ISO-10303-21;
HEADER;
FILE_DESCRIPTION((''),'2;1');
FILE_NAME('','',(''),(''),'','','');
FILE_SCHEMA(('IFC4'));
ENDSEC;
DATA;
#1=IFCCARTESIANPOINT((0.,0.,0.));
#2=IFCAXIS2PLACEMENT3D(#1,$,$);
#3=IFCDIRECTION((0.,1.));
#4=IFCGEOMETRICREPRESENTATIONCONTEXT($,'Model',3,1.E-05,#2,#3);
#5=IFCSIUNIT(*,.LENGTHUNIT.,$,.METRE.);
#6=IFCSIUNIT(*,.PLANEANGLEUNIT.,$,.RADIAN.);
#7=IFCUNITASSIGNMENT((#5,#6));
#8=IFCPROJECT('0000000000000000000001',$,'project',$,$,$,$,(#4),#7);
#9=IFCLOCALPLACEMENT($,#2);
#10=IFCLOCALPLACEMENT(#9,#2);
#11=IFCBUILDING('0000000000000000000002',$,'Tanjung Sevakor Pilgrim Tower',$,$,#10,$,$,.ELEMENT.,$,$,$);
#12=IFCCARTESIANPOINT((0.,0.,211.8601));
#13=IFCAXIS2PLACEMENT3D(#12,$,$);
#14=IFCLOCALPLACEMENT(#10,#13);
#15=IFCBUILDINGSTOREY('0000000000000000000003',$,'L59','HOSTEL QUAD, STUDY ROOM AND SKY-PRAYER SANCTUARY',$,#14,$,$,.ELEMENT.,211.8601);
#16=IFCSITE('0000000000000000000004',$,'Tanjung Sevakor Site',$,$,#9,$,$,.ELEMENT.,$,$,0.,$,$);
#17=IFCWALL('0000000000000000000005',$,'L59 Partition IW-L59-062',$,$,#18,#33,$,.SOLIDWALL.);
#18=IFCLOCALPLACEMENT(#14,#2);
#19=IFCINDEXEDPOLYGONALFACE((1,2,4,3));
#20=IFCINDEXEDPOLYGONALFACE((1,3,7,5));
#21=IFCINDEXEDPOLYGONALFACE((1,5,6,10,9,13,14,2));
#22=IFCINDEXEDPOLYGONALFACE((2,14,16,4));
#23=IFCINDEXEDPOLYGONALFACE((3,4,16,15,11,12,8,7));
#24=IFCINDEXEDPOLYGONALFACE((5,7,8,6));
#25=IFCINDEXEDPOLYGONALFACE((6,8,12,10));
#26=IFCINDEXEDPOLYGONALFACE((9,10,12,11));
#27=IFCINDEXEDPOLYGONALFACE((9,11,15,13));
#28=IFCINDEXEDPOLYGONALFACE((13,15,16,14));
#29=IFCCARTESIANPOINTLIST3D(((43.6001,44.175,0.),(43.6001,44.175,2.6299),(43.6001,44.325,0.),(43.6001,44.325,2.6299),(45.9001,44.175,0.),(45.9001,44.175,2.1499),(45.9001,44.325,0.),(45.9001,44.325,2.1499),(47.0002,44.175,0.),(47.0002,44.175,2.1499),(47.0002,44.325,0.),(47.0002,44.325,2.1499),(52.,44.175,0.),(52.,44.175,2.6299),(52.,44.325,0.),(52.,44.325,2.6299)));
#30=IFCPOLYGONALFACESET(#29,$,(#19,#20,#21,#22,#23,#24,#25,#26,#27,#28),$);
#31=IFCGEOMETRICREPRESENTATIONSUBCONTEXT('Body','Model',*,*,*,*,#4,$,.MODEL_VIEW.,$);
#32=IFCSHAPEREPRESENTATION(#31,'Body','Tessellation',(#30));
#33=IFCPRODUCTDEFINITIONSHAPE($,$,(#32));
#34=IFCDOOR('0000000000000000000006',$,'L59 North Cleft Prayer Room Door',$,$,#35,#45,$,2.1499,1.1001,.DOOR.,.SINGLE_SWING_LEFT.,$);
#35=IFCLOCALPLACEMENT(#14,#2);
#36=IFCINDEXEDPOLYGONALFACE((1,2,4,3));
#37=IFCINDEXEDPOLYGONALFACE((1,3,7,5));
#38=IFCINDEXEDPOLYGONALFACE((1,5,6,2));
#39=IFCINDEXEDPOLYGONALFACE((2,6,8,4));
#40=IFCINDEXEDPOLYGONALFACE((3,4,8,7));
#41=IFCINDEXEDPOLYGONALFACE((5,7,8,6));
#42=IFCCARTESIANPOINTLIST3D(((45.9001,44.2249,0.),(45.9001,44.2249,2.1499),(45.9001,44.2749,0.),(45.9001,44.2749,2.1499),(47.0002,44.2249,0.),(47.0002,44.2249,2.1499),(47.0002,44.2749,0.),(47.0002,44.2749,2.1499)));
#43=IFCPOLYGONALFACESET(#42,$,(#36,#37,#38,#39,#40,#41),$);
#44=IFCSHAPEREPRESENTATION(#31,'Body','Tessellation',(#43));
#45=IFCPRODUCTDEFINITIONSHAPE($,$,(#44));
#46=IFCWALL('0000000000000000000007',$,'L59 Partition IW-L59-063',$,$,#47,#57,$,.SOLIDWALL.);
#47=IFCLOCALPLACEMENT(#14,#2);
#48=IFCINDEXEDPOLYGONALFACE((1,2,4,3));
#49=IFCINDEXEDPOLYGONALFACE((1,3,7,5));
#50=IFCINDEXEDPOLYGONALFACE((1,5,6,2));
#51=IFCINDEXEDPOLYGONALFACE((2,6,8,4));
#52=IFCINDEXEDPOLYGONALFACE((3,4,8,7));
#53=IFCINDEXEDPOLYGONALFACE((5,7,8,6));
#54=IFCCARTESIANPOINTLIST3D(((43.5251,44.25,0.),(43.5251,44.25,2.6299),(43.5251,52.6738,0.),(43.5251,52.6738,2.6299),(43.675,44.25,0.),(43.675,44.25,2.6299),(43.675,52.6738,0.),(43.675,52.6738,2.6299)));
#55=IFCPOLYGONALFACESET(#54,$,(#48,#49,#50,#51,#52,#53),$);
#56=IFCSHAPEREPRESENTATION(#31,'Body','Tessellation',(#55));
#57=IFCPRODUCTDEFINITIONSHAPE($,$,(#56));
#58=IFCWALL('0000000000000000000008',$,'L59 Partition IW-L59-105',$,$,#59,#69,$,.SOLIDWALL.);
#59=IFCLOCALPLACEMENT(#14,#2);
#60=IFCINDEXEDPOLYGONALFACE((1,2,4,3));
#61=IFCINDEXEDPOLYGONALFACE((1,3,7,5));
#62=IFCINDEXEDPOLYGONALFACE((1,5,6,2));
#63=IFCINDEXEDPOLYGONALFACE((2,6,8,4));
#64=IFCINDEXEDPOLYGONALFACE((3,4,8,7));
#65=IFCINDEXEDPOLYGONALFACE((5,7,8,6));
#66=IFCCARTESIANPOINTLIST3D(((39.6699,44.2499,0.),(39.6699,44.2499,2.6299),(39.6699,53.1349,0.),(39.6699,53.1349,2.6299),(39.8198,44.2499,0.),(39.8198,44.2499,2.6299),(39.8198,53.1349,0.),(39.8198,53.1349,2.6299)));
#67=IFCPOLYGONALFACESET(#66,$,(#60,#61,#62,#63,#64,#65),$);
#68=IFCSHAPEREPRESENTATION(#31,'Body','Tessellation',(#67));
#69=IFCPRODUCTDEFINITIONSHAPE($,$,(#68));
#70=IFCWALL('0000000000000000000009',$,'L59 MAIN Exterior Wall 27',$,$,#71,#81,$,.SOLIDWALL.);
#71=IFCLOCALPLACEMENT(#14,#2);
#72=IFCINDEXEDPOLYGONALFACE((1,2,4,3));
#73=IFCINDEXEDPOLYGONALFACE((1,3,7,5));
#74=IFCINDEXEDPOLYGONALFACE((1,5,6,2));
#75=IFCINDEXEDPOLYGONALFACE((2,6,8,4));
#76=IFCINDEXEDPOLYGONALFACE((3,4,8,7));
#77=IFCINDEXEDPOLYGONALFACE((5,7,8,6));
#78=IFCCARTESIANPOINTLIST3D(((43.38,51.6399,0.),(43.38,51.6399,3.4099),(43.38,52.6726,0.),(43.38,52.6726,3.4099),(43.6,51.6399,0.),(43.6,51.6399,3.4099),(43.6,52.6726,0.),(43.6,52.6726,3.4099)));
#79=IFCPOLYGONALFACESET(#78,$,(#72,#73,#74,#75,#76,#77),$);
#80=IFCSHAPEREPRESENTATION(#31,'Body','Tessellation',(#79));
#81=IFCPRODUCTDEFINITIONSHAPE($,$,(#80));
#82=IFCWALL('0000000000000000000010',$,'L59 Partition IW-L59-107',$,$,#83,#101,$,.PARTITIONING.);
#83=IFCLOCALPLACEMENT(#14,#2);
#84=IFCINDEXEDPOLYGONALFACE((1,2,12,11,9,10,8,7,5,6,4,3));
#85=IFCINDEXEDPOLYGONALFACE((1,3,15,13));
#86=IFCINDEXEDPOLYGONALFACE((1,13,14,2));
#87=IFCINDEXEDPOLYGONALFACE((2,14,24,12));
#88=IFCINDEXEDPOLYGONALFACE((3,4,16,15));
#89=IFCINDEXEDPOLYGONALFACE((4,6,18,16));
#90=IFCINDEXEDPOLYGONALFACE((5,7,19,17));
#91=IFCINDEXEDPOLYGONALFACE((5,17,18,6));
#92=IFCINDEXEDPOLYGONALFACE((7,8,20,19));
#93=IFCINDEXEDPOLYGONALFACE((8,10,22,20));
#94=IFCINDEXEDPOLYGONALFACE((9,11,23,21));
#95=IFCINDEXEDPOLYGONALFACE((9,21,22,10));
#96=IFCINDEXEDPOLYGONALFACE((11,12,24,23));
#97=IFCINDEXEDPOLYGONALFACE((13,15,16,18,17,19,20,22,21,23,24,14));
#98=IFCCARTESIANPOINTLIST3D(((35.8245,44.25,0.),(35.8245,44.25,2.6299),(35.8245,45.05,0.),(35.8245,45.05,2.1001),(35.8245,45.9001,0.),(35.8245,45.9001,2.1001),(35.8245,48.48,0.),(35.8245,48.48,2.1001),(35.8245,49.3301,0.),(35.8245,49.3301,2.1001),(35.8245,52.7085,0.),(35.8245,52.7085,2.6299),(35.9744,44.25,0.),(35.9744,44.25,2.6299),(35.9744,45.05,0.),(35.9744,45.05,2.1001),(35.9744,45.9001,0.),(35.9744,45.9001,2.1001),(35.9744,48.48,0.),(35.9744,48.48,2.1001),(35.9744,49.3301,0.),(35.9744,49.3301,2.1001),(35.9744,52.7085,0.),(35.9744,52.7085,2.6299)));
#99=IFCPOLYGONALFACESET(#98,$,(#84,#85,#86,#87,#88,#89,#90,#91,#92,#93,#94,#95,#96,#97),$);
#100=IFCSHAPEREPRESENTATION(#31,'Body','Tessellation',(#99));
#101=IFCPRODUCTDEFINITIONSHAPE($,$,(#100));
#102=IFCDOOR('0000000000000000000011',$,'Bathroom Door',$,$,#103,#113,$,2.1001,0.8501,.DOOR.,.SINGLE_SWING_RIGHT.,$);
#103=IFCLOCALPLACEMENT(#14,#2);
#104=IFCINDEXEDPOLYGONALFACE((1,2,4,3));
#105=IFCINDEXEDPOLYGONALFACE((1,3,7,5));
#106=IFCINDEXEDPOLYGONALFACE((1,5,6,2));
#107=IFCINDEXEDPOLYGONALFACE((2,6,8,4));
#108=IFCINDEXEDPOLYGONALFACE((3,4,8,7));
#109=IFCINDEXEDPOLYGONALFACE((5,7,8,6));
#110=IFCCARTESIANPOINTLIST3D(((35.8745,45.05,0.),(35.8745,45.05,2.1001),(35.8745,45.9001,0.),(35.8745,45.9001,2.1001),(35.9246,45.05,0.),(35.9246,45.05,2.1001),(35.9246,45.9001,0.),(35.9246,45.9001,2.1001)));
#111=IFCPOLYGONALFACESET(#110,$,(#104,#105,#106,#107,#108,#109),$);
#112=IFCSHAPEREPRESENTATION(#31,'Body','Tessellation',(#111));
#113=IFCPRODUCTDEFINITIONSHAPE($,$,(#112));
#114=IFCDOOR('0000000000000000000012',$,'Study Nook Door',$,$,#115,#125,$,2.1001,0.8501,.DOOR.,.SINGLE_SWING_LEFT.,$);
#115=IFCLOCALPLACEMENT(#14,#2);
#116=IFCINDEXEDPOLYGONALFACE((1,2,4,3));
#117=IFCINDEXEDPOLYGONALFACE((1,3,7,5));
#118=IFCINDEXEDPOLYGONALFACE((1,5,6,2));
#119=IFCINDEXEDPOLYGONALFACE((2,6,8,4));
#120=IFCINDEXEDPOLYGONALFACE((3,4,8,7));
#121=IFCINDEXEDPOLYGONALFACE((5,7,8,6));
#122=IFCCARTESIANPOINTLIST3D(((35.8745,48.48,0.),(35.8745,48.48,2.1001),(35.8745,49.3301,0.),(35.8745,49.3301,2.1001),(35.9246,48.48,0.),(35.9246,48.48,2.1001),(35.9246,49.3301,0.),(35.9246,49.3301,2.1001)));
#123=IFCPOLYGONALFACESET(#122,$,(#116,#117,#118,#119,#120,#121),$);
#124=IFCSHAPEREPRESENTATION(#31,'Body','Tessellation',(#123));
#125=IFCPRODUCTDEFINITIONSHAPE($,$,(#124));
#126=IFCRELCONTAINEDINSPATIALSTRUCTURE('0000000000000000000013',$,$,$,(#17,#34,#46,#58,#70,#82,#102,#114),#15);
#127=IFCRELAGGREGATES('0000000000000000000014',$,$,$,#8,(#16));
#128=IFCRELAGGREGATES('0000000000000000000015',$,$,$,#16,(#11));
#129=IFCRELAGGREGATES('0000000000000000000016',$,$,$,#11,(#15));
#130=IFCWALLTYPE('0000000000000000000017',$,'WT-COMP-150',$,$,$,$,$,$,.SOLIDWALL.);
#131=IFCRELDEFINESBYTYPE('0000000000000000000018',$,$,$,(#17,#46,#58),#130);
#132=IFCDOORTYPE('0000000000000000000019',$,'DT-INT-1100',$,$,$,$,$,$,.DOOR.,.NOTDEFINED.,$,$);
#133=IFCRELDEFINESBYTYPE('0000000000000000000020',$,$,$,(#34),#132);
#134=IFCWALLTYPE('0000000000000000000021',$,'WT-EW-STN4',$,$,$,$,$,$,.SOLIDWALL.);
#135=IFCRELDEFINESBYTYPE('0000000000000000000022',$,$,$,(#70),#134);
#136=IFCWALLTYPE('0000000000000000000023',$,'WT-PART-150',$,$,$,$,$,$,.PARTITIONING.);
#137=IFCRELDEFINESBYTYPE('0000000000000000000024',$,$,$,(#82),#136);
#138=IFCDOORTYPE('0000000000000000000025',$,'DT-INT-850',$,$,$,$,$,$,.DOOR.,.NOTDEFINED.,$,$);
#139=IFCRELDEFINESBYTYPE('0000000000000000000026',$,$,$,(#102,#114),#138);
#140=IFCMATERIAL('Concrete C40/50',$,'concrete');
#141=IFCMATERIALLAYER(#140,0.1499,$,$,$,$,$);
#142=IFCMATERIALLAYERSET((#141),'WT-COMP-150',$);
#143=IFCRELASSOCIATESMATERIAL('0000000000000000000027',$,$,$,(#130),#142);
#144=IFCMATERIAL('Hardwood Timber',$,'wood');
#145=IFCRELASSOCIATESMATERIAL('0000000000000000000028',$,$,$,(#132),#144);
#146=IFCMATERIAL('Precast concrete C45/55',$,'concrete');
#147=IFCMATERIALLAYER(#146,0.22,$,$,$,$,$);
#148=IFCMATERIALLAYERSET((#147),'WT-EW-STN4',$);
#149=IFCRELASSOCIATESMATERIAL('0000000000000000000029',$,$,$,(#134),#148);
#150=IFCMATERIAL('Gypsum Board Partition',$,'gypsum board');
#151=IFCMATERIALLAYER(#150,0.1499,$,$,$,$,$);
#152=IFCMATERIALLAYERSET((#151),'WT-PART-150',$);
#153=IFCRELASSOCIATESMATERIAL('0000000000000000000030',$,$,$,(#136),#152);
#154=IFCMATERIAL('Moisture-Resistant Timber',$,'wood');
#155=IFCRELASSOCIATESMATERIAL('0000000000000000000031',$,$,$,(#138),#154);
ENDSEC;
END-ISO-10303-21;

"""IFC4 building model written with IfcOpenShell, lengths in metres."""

from ifc_helpers import new_model, si_unit, direction, frame, frame_2d, origin, place, context, subcontext, project, spatial, rectangle, extrude, material, layer, layer_set, type_object, element, fill, save


model = new_model("IFC4")

# Units and contexts
model_context = context("Model", 3, precision=1e-05, world=origin(), true_north=direction((0.0, 1.0)))
body_context = subcontext(model_context, "Body", "Model", "MODEL_VIEW")
ifc_project = project(units=[si_unit("LENGTHUNIT", "METRE"), si_unit("PLANEANGLEUNIT", "RADIAN")], contexts=[model_context])

# Site, building, storey
site_placement = place(None, origin())
site = spatial("IfcSite", under=ifc_project, at=site_placement, Name="Tanjung Sevakor Site", CompositionType="ELEMENT", RefElevation=0.0)
building_placement = place(site_placement, origin())
building = spatial("IfcBuilding", under=site, at=building_placement, Name="Tanjung Sevakor Pilgrim Tower", CompositionType="ELEMENT")
storey_placement = place(building_placement, frame((0.0, 0.0, 211.8601)))
storey = spatial("IfcBuildingStorey", under=building, at=storey_placement, Name="L59", Description="HOSTEL QUAD, STUDY ROOM AND SKY-PRAYER SANCTUARY", CompositionType="ELEMENT", Elevation=211.8601)

# Shared definitions
ifc_material_1 = material(Name="Concrete C40/50", Category="concrete")
ifc_layer_1 = layer(ifc_material_1, 0.1499)
ifc_layer_set_1 = layer_set([ifc_layer_1], Name="WT-COMP-150")
wall_type_1 = type_object("IfcWallType", Name="WT-COMP-150", PredefinedType="SOLIDWALL", material=ifc_layer_set_1)

# Wall, opening, door
wall_1_placement = place(storey_placement, frame((43.6001, 44.25, 0.0), z_axis=(0.0, 0.0, 1.0), x_axis=(1.0, 0.0, 0.0)))
wall_1 = element("IfcWall", 1, at=wall_1_placement, inside=storey, type_object=wall_type_1, Name="L59 Partition IW-L59-062", PredefinedType="SOLIDWALL", context=body_context, shape_type="SweptSolid", body=[
    extrude(rectangle(XDim=8.3999, YDim=0.1499, at=frame_2d((4.2, 0.0))), origin(), (0.0, 0.0, 1.0), 2.6299),
])
opening_1_placement = place(wall_1_placement, frame((2.3, 0.0, 0.0)))
opening_1 = element("IfcOpeningElement", 2, at=opening_1_placement, cuts=wall_1, PredefinedType="OPENING", context=body_context, shape_type="SweptSolid", body=[
    extrude(rectangle(XDim=1.1001, YDim=2.1499, at=frame_2d((0.55, 1.075))), frame((0.0, 0.085, 0.0), z_axis=(0.0, -1.0, 0.0), x_axis=(1.0, 0.0, 0.0)), (0.0, 0.0, 1.0), 0.1699),
])
ifc_material_2 = material(Name="Hardwood Timber", Category="wood")
door_type_1 = type_object("IfcDoorType", Name="DT-INT-1100", OperationType="NOTDEFINED", PredefinedType="DOOR", material=ifc_material_2)
door_1_placement = place(opening_1_placement, origin())
door_1 = element("IfcDoor", 3, at=door_1_placement, inside=storey, type_object=door_type_1, Name="L59 North Cleft Prayer Room Door", OperationType="SINGLE_SWING_LEFT", OverallHeight=2.1499, OverallWidth=1.1001, PredefinedType="DOOR", context=body_context, shape_type="SweptSolid", body=[
    extrude(rectangle(XDim=1.1001, YDim=2.1499, at=frame_2d((0.55, 1.075))), frame((0.0, 0.0249, 0.0), z_axis=(0.0, -1.0, 0.0), x_axis=(1.0, 0.0, 0.0)), (0.0, 0.0, 1.0), 0.05),
])
fill(opening_1, door_1)

# Walls
wall_2_placement = place(storey_placement, frame((43.6001, 44.25, 0.0), z_axis=(0.0, 0.0, 1.0), x_axis=(0.0, 1.0, 0.0)))
element("IfcWall", 4, at=wall_2_placement, inside=storey, type_object=wall_type_1, Name="L59 Partition IW-L59-063", PredefinedType="SOLIDWALL", context=body_context, shape_type="SweptSolid", body=[
    extrude(rectangle(XDim=8.4238, YDim=0.1499, at=frame_2d((4.2119, 0.0))), origin(), (0.0, 0.0, 1.0), 2.6299),
])
wall_3_placement = place(storey_placement, frame((39.7449, 44.25, 0.0), z_axis=(0.0, 0.0, 1.0), x_axis=(0.0, 1.0, 0.0)))
element("IfcWall", 5, at=wall_3_placement, inside=storey, type_object=wall_type_1, Name="L59 Partition IW-L59-105", PredefinedType="SOLIDWALL", context=body_context, shape_type="SweptSolid", body=[
    extrude(rectangle(XDim=8.885, YDim=0.1499, at=frame_2d((4.4424, 0.0))), origin(), (0.0, 0.0, 1.0), 2.6299),
])

# Wall
ifc_material_3 = material(Name="Precast concrete C45/55", Category="concrete")
ifc_layer_2 = layer(ifc_material_3, 0.22)
ifc_layer_set_2 = layer_set([ifc_layer_2], Name="WT-EW-STN4")
wall_type_2 = type_object("IfcWallType", Name="WT-EW-STN4", PredefinedType="SOLIDWALL", material=ifc_layer_set_2)
wall_4_placement = place(storey_placement, frame((43.49, 51.6399, 0.0), z_axis=(0.0, 0.0, 1.0), x_axis=(0.0, 1.0, 0.0)))
element("IfcWall", 6, at=wall_4_placement, inside=storey, type_object=wall_type_2, Name="L59 MAIN Exterior Wall 27", PredefinedType="SOLIDWALL", context=body_context, shape_type="SweptSolid", body=[
    extrude(rectangle(XDim=1.0327, YDim=0.22, at=frame_2d((0.5164, 0.0))), origin(), (0.0, 0.0, 1.0), 3.4099),
])

# Wall, openings, doors
ifc_material_4 = material(Name="Gypsum Board Partition", Category="gypsum board")
ifc_layer_3 = layer(ifc_material_4, 0.1499)
ifc_layer_set_3 = layer_set([ifc_layer_3], Name="WT-PART-150")
wall_type_3 = type_object("IfcWallType", Name="WT-PART-150", PredefinedType="PARTITIONING", material=ifc_layer_set_3)
wall_5_placement = place(storey_placement, frame((35.8994, 44.25, 0.0), z_axis=(0.0, 0.0, 1.0), x_axis=(0.0, 1.0, 0.0)))
wall_5 = element("IfcWall", 7, at=wall_5_placement, inside=storey, type_object=wall_type_3, Name="L59 Partition IW-L59-107", PredefinedType="PARTITIONING", context=body_context, shape_type="SweptSolid", body=[
    extrude(rectangle(XDim=8.4585, YDim=0.1499, at=frame_2d((4.2292, 0.0))), origin(), (0.0, 0.0, 1.0), 2.6299),
])
opening_2_placement = place(wall_5_placement, frame((0.8, 0.0, 0.0)))
opening_2 = element("IfcOpeningElement", 8, at=opening_2_placement, cuts=wall_5, PredefinedType="OPENING", context=body_context, shape_type="SweptSolid", body=[
    extrude(rectangle(XDim=0.8501, YDim=2.1001, at=frame_2d((0.425, 1.05))), frame((0.0, 0.085, 0.0), z_axis=(0.0, -1.0, 0.0), x_axis=(1.0, 0.0, 0.0)), (0.0, 0.0, 1.0), 0.1699),
])
opening_3_placement = place(wall_5_placement, frame((4.23, 0.0, 0.0)))
opening_3 = element("IfcOpeningElement", 9, at=opening_3_placement, cuts=wall_5, PredefinedType="OPENING", context=body_context, shape_type="SweptSolid", body=[
    extrude(rectangle(XDim=0.8501, YDim=2.1001, at=frame_2d((0.425, 1.05))), frame((0.0, 0.085, 0.0), z_axis=(0.0, -1.0, 0.0), x_axis=(1.0, 0.0, 0.0)), (0.0, 0.0, 1.0), 0.1699),
])
ifc_material_5 = material(Name="Moisture-Resistant Timber", Category="wood")
door_type_2 = type_object("IfcDoorType", Name="DT-INT-850", OperationType="NOTDEFINED", PredefinedType="DOOR", material=ifc_material_5)
door_2_placement = place(opening_2_placement, origin())
door_2 = element("IfcDoor", 10, at=door_2_placement, inside=storey, type_object=door_type_2, Name="Bathroom Door", OperationType="SINGLE_SWING_RIGHT", OverallHeight=2.1001, OverallWidth=0.8501, PredefinedType="DOOR", context=body_context, shape_type="SweptSolid", body=[
    extrude(rectangle(XDim=0.8501, YDim=2.1001, at=frame_2d((0.425, 1.05))), frame((0.0, 0.0249, 0.0), z_axis=(0.0, -1.0, 0.0), x_axis=(1.0, 0.0, 0.0)), (0.0, 0.0, 1.0), 0.05),
])
fill(opening_2, door_2)
door_3_placement = place(opening_3_placement, origin())
door_3 = element("IfcDoor", 11, at=door_3_placement, inside=storey, type_object=door_type_2, Name="Study Nook Door", OperationType="SINGLE_SWING_LEFT", OverallHeight=2.1001, OverallWidth=0.8501, PredefinedType="DOOR", context=body_context, shape_type="SweptSolid", body=[
    extrude(rectangle(XDim=0.8501, YDim=2.1001, at=frame_2d((0.425, 1.05))), frame((0.0, 0.0249, 0.0), z_axis=(0.0, -1.0, 0.0), x_axis=(1.0, 0.0, 0.0)), (0.0, 0.0, 1.0), 0.05),
])
fill(opening_3, door_3)

save(model, "model.ifc")
